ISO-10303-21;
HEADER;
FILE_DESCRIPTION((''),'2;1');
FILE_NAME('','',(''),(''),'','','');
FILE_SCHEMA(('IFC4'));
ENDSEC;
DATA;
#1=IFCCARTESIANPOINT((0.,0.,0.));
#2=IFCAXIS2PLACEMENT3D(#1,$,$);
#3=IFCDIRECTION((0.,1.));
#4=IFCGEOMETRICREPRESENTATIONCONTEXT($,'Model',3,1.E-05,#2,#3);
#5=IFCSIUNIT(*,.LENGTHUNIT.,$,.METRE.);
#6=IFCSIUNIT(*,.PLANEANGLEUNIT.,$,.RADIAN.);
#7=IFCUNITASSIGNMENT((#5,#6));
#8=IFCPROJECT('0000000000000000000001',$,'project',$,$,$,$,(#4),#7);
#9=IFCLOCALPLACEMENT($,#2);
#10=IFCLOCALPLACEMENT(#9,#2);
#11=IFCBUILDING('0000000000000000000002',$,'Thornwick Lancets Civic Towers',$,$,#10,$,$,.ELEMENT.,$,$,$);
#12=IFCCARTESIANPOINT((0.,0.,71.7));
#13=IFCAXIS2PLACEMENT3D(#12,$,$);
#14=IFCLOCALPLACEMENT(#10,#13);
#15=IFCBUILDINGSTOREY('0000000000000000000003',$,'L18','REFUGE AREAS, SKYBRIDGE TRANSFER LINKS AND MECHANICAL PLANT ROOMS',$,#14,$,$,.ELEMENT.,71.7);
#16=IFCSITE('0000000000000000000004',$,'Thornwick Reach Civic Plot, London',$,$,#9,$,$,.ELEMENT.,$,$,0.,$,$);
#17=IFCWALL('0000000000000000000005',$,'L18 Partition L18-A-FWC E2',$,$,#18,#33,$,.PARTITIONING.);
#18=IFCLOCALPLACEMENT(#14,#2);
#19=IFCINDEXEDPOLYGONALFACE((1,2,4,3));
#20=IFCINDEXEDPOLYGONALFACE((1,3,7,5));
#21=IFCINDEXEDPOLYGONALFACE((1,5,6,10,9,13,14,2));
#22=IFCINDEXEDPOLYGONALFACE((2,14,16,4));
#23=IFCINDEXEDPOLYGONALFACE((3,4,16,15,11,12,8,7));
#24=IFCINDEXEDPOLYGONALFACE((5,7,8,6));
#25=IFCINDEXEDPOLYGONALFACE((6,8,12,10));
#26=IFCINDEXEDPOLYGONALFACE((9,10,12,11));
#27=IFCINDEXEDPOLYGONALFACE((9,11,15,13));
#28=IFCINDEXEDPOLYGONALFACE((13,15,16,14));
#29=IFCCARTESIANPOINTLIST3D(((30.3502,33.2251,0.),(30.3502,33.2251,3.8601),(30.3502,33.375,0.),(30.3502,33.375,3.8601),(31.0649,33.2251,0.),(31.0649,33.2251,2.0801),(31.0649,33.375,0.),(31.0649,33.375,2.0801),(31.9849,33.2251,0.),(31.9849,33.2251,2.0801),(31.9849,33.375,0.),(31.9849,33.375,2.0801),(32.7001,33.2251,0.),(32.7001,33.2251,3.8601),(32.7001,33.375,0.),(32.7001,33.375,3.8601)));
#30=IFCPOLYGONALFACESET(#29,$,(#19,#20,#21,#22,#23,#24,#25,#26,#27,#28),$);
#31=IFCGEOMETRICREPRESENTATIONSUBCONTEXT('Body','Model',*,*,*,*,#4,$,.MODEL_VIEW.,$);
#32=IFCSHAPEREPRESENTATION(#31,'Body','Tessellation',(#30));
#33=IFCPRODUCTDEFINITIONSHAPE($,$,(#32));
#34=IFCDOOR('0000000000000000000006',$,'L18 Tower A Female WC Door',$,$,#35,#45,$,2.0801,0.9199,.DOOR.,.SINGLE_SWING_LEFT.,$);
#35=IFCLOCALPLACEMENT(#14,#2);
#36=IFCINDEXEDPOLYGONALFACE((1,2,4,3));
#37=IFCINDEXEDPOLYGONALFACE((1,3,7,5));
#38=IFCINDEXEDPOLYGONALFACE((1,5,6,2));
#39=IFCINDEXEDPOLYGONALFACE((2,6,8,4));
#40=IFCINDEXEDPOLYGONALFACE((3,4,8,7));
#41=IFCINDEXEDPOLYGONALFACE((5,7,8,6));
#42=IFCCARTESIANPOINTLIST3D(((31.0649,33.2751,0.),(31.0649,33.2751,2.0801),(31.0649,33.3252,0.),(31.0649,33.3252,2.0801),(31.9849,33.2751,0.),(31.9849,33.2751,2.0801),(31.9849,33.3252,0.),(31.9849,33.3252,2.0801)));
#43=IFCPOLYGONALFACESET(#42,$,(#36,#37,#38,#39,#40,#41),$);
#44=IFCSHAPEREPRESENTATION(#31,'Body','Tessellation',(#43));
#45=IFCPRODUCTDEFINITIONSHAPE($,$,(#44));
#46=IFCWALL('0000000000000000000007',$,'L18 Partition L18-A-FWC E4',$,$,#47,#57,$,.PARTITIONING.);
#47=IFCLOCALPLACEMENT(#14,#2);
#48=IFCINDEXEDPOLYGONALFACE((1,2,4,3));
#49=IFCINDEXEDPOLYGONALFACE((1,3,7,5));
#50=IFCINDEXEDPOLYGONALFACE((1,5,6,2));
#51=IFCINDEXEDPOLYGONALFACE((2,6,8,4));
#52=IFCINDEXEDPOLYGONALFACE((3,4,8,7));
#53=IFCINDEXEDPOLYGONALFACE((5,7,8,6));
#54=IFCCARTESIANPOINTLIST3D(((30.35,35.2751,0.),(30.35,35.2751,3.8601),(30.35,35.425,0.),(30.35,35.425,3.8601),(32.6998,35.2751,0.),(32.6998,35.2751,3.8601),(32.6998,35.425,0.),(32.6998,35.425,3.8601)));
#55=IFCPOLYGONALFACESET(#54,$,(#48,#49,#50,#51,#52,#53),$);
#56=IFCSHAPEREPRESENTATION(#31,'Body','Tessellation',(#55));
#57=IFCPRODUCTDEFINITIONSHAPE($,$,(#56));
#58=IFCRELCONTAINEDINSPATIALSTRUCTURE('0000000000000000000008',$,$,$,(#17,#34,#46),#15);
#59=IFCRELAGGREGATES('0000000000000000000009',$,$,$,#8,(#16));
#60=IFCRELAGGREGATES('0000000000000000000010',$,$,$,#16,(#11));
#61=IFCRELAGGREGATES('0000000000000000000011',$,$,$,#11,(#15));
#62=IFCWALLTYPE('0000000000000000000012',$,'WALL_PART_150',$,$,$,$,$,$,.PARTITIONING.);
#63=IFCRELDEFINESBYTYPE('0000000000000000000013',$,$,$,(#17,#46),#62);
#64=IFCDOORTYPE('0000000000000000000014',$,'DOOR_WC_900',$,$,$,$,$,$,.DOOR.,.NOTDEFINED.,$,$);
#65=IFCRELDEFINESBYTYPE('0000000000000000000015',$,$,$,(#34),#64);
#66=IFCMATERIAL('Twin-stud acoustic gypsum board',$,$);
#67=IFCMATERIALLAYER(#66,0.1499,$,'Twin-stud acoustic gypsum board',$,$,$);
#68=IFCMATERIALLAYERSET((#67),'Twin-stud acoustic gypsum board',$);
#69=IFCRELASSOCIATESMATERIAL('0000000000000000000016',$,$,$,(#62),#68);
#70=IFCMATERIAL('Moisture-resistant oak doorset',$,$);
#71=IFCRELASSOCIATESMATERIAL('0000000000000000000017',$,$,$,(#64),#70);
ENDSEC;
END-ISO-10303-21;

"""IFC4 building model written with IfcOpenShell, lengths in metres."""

from ifc_helpers import new_model, si_unit, direction, frame, frame_2d, origin, place, context, subcontext, project, spatial, rectangle, extrude, material, layer, layer_set, type_object, element, fill, save


model = new_model("IFC4")

# Units and contexts
model_context = context("Model", 3, precision=1e-05, world=origin(), true_north=direction((0.0, 1.0)))
body_context = subcontext(model_context, "Body", "Model", "MODEL_VIEW")
ifc_project = project(units=[si_unit("LENGTHUNIT", "METRE"), si_unit("PLANEANGLEUNIT", "RADIAN")], contexts=[model_context])

# Site, building, storey
site_placement = place(None, origin())
site = spatial("IfcSite", under=ifc_project, at=site_placement, Name="Thornwick Reach Civic Plot, London", CompositionType="ELEMENT", RefElevation=0.0)
building_placement = place(site_placement, origin())
building = spatial("IfcBuilding", under=site, at=building_placement, Name="Thornwick Lancets Civic Towers", CompositionType="ELEMENT")
storey_placement = place(building_placement, frame((0.0, 0.0, 71.7)))
storey = spatial("IfcBuildingStorey", under=building, at=storey_placement, Name="L18", Description="REFUGE AREAS, SKYBRIDGE TRANSFER LINKS AND MECHANICAL PLANT ROOMS", CompositionType="ELEMENT", Elevation=71.7)

# Shared definitions
ifc_material_1 = material(Name="Twin-stud acoustic gypsum board")
ifc_layer_1 = layer(ifc_material_1, 0.1499, Name="Twin-stud acoustic gypsum board")
ifc_layer_set_1 = layer_set([ifc_layer_1], Name="Twin-stud acoustic gypsum board")
wall_type_1 = type_object("IfcWallType", Name="WALL_PART_150", PredefinedType="PARTITIONING", material=ifc_layer_set_1)

# Wall, opening, door
wall_1_placement = place(storey_placement, frame((32.7, 33.3, 0.0), z_axis=(0.0, 0.0, 1.0), x_axis=(-1.0, 0.0, 0.0)))
wall_1 = element("IfcWall", 1, at=wall_1_placement, inside=storey, type_object=wall_type_1, Name="L18 Partition L18-A-FWC E2", PredefinedType="PARTITIONING", context=body_context, shape_type="SweptSolid", body=[
    extrude(rectangle(XDim=2.3499, YDim=0.1499, at=frame_2d((1.1748, 0.0))), origin(), (0.0, 0.0, 1.0), 3.8601),
])
opening_1_placement = place(wall_1_placement, frame((0.7151, 0.0, 0.0)))
opening_1 = element("IfcOpeningElement", 2, at=opening_1_placement, cuts=wall_1, PredefinedType="OPENING", context=body_context, shape_type="SweptSolid", body=[
    extrude(rectangle(XDim=0.9199, YDim=2.0801, at=frame_2d((0.46, 1.04))), frame((0.0, 0.085, 0.0), z_axis=(0.0, -1.0, 0.0), x_axis=(1.0, 0.0, 0.0)), (0.0, 0.0, 1.0), 0.1699),
])
ifc_material_2 = material(Name="Moisture-resistant oak doorset")
door_type_1 = type_object("IfcDoorType", Name="DOOR_WC_900", OperationType="NOTDEFINED", PredefinedType="DOOR", material=ifc_material_2)
door_1_placement = place(opening_1_placement, origin())
door_1 = element("IfcDoor", 3, at=door_1_placement, inside=storey, type_object=door_type_1, Name="L18 Tower A Female WC Door", OperationType="SINGLE_SWING_LEFT", OverallHeight=2.0801, OverallWidth=0.9199, PredefinedType="DOOR", context=body_context, shape_type="SweptSolid", body=[
    extrude(rectangle(XDim=0.9199, YDim=2.0801, at=frame_2d((0.46, 1.04))), frame((0.0, 0.0249, 0.0), z_axis=(0.0, -1.0, 0.0), x_axis=(1.0, 0.0, 0.0)), (0.0, 0.0, 1.0), 0.05),
])
fill(opening_1, door_1)

# Wall
wall_2_placement = place(storey_placement, frame((30.3501, 35.3501, 0.0), z_axis=(0.0, 0.0, 1.0), x_axis=(1.0, 0.0, 0.0)))
element("IfcWall", 4, at=wall_2_placement, inside=storey, type_object=wall_type_1, Name="L18 Partition L18-A-FWC E4", PredefinedType="PARTITIONING", context=body_context, shape_type="SweptSolid", body=[
    extrude(rectangle(XDim=2.3499, YDim=0.1499, at=frame_2d((1.1748, 0.0))), origin(), (0.0, 0.0, 1.0), 3.8601),
])

save(model, "model.ifc")
